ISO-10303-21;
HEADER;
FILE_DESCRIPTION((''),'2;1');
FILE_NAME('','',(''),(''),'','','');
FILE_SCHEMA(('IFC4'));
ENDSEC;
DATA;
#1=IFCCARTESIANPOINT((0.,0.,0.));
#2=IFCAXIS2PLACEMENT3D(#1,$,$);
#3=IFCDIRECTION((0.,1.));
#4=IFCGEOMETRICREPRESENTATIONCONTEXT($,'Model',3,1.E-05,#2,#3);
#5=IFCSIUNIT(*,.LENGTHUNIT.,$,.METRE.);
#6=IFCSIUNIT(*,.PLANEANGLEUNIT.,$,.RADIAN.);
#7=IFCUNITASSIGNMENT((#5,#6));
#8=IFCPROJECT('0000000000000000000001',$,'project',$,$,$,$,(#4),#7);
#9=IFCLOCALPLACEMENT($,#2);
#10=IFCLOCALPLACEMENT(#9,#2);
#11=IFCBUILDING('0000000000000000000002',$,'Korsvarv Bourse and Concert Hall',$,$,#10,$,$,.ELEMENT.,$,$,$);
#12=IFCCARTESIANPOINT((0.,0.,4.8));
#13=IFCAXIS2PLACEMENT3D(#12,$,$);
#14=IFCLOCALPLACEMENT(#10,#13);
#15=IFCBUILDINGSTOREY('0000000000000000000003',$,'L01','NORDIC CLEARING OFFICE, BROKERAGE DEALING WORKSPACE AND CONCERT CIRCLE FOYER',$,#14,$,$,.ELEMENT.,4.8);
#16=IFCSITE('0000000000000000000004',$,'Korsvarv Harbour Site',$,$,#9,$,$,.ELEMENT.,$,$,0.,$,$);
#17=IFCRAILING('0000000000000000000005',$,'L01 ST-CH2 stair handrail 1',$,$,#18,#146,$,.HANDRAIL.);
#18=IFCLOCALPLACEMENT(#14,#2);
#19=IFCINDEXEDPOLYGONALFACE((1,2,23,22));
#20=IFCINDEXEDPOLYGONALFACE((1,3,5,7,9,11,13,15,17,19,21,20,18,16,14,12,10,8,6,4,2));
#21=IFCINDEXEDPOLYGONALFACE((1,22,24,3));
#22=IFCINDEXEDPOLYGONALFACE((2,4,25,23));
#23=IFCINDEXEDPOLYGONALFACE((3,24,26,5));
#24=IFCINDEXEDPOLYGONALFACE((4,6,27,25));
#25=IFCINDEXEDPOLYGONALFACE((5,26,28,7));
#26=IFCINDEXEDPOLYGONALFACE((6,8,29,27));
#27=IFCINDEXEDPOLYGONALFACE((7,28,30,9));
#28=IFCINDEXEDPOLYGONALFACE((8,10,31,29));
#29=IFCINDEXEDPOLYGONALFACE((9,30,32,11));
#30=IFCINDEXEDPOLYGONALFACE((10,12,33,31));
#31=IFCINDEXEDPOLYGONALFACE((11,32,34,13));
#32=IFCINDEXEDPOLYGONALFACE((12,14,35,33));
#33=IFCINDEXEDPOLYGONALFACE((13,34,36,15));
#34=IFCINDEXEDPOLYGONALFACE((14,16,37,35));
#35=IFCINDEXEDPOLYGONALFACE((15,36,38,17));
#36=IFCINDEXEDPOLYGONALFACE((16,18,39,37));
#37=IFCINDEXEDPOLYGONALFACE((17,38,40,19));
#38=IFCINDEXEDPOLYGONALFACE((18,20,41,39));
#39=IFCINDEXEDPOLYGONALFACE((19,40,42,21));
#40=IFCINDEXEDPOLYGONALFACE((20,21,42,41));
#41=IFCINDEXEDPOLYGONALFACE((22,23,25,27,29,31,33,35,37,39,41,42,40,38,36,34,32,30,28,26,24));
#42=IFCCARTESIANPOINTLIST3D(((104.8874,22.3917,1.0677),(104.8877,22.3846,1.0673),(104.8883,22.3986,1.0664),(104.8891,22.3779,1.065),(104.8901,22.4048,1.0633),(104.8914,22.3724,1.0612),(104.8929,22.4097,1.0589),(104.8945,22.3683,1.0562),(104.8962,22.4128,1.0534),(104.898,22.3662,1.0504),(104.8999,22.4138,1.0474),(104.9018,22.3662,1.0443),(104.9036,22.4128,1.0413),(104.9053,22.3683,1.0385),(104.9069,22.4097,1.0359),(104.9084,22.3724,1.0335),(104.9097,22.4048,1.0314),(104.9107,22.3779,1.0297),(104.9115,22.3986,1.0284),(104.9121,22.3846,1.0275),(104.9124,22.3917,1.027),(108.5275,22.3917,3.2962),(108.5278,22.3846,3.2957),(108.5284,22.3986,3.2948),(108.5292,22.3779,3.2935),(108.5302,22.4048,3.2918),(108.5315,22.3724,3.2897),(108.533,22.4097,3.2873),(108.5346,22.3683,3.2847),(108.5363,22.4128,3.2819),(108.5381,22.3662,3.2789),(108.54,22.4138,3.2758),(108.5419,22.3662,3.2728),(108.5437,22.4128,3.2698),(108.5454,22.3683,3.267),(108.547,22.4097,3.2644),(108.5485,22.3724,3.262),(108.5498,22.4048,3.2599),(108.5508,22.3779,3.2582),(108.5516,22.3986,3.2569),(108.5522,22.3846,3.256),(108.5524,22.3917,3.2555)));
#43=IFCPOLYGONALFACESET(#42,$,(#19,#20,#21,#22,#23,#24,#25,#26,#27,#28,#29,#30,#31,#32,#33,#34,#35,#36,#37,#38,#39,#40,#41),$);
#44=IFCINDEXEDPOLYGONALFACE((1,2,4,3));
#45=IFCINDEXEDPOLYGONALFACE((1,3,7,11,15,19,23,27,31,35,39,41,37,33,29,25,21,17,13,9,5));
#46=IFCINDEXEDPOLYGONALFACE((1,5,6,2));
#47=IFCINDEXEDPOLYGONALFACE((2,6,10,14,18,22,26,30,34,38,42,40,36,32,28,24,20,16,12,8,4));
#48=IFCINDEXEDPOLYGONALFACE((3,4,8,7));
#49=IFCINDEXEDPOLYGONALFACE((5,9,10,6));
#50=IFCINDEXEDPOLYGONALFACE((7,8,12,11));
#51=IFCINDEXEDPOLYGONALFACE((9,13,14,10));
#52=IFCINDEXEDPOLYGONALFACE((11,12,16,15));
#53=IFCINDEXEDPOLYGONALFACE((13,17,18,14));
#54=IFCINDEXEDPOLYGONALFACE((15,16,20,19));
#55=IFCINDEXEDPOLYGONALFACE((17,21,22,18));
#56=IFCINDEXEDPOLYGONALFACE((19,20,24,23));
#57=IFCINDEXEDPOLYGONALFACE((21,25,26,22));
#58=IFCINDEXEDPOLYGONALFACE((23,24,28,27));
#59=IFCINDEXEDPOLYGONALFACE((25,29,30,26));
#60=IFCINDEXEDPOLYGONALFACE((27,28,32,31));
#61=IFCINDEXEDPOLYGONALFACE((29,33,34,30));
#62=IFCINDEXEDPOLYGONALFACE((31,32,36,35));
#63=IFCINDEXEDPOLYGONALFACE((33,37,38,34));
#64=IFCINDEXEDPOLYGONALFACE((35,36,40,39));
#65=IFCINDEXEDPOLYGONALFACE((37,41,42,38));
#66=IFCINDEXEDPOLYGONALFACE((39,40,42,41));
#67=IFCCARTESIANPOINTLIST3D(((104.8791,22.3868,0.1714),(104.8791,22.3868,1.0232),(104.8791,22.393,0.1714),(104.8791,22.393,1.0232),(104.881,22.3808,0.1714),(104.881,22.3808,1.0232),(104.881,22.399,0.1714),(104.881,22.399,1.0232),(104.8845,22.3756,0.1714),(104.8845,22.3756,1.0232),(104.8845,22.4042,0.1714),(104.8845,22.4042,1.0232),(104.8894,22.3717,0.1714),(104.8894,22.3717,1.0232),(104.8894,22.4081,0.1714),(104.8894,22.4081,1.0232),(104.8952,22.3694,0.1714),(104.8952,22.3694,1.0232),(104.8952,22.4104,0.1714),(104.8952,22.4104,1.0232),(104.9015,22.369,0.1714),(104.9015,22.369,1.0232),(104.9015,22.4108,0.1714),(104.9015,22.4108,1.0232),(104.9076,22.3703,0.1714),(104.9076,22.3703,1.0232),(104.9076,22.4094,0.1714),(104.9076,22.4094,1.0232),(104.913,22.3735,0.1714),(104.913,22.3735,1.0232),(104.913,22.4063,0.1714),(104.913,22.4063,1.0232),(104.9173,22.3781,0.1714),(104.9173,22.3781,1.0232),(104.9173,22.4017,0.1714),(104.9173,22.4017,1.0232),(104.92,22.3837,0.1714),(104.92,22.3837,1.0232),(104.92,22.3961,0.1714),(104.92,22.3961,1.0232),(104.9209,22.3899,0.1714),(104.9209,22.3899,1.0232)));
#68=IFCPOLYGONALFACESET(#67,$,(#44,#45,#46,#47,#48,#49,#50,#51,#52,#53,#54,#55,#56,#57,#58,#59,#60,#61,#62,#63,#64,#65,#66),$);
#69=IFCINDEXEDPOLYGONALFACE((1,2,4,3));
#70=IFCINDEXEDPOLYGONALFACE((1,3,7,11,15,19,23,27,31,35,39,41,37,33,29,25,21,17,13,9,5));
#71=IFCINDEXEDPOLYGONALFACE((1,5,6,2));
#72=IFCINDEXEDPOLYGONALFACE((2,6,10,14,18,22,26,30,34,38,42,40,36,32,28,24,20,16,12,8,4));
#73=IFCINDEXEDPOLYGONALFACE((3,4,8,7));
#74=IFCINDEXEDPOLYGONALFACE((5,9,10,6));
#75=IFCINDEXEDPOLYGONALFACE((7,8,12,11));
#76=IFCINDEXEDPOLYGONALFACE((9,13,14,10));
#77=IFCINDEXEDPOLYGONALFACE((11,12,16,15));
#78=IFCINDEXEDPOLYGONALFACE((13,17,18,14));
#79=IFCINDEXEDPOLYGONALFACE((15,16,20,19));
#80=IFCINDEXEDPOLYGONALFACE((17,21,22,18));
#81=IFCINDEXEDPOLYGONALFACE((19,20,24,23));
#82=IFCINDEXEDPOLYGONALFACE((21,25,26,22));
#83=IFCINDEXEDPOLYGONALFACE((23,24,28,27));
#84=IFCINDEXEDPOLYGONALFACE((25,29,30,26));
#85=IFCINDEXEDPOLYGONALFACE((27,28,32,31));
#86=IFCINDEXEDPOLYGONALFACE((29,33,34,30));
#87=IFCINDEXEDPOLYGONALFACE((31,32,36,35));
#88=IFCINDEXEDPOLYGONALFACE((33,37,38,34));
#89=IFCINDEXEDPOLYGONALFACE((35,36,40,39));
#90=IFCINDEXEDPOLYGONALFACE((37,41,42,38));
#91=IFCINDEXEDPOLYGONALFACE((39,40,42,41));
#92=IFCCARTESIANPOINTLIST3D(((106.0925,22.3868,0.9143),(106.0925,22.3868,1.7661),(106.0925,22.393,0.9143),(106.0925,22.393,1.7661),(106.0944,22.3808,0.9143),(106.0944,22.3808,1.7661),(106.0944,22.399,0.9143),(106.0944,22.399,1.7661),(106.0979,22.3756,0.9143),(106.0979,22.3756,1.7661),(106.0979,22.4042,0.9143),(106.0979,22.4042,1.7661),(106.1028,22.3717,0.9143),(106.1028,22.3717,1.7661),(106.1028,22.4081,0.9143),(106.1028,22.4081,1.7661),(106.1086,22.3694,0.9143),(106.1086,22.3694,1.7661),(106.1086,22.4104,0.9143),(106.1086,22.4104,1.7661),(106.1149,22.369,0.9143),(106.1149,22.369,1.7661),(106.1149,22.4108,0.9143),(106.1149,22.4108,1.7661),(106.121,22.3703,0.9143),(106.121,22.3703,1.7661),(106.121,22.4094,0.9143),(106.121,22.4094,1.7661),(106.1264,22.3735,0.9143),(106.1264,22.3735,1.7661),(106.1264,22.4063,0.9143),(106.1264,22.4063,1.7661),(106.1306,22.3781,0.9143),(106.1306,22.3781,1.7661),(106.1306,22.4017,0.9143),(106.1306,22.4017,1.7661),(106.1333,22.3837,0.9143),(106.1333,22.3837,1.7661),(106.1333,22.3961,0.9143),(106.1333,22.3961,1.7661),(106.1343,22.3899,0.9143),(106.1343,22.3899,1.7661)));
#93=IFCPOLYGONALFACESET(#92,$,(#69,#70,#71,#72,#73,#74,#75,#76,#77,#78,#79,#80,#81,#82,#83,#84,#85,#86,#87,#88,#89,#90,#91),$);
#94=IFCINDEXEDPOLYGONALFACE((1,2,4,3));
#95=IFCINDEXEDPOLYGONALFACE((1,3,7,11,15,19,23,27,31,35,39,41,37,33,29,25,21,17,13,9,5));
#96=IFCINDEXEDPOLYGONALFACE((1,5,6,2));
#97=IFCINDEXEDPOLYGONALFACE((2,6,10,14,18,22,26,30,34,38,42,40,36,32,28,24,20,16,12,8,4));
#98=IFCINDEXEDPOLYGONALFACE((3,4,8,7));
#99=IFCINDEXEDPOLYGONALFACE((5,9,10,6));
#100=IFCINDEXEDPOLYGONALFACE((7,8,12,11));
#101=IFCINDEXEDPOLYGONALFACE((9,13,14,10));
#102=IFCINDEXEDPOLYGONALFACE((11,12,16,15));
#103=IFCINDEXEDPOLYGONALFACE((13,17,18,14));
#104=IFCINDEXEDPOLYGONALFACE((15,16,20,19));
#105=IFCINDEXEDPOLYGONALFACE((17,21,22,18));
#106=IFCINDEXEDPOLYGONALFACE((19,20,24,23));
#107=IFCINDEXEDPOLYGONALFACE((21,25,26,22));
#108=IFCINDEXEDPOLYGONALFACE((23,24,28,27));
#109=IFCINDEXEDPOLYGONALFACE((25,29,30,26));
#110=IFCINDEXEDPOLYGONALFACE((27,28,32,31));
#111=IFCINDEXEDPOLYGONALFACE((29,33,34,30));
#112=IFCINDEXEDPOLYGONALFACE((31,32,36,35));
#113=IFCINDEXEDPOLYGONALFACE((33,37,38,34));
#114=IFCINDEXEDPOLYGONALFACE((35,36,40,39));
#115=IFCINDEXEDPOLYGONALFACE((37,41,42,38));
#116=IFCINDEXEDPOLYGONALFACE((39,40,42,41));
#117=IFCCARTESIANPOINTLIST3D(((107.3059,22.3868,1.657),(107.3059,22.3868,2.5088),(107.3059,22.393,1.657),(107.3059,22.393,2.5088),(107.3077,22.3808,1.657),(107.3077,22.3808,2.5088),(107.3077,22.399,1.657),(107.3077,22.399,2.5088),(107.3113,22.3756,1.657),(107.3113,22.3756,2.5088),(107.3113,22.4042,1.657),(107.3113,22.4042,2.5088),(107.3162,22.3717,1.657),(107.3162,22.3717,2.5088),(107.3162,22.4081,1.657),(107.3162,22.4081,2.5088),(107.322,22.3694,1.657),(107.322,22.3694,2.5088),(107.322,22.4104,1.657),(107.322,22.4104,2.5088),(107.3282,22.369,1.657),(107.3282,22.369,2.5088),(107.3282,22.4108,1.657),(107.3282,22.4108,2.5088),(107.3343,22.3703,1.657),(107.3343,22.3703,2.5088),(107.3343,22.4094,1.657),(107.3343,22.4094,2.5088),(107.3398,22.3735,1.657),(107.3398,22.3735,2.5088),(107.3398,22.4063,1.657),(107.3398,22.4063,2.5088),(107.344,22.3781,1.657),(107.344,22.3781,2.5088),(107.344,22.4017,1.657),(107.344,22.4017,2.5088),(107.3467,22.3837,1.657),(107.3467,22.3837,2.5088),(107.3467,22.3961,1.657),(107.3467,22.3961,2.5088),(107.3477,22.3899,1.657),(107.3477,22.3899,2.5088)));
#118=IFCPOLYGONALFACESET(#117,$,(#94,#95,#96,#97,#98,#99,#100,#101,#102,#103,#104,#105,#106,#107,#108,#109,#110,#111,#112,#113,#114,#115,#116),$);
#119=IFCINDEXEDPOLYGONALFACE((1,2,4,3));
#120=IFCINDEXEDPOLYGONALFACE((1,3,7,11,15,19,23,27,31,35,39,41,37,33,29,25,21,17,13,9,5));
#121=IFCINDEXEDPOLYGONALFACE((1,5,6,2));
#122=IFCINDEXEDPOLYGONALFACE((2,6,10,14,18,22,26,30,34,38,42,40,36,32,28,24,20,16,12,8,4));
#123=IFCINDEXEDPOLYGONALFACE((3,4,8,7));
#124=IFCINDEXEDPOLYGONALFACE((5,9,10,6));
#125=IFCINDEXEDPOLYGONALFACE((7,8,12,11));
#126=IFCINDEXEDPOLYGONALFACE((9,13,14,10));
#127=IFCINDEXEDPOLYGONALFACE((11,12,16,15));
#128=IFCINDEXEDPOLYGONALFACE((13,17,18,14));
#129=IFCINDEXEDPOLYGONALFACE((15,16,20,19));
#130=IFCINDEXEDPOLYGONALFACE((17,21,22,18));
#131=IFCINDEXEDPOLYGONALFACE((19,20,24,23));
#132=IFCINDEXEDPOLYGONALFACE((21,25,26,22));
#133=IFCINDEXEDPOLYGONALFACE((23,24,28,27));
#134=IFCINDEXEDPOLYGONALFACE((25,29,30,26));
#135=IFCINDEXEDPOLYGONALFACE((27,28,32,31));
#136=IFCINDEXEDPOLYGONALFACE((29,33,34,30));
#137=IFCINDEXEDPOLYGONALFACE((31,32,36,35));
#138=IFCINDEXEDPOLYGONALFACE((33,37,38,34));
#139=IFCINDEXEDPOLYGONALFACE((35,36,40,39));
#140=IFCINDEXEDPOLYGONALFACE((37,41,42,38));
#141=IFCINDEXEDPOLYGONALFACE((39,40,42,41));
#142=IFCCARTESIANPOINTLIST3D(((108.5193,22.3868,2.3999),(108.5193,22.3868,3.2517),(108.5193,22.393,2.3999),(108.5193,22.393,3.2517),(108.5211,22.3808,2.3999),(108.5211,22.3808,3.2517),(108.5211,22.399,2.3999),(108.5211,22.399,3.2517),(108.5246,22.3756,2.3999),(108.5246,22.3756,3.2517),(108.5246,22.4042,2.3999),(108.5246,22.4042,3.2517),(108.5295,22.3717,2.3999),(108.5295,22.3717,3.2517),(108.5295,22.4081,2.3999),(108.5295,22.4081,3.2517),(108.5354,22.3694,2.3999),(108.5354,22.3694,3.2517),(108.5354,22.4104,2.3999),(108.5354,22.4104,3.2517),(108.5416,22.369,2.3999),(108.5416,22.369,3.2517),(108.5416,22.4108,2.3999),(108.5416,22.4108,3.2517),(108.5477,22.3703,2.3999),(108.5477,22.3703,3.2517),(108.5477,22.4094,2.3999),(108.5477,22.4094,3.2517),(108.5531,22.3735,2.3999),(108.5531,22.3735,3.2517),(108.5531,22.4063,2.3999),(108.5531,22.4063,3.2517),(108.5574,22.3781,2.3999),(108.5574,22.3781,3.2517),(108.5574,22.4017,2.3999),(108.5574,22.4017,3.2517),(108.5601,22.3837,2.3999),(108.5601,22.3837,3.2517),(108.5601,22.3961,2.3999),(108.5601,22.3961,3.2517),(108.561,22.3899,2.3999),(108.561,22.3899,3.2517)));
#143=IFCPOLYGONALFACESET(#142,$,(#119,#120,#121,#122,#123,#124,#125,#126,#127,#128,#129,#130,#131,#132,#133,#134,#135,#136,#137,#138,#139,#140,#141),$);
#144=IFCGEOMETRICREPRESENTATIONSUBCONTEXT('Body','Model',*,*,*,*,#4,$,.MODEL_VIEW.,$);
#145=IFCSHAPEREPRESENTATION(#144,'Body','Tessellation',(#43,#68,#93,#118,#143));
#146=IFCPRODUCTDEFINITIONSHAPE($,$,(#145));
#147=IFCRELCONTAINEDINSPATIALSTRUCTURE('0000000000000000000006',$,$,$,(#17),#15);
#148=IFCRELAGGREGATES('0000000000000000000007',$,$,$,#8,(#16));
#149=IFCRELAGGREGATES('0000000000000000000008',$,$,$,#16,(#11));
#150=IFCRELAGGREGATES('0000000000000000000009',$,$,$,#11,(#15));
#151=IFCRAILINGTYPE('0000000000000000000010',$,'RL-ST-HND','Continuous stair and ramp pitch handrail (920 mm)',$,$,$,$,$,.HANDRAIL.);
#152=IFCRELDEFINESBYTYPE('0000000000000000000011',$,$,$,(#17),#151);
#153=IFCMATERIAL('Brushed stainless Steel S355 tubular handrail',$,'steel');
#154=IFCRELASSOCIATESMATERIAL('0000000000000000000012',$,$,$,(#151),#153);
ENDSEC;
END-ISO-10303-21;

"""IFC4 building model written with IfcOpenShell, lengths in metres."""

from ifc_helpers import new_model, si_unit, direction, frame, origin, origin_2d, place, context, subcontext, project, spatial, circle, extrude, material, type_object, element, save


model = new_model("IFC4")

# Units and contexts
model_context = context("Model", 3, precision=1e-05, world=origin(), true_north=direction((0.0, 1.0)))
body_context = subcontext(model_context, "Body", "Model", "MODEL_VIEW")
ifc_project = project(units=[si_unit("LENGTHUNIT", "METRE"), si_unit("PLANEANGLEUNIT", "RADIAN")], contexts=[model_context])

# Site, building, storey
site_placement = place(None, origin())
site = spatial("IfcSite", under=ifc_project, at=site_placement, Name="Korsvarv Harbour Site", CompositionType="ELEMENT", RefElevation=0.0)
building_placement = place(site_placement, origin())
building = spatial("IfcBuilding", under=site, at=building_placement, Name="Korsvarv Bourse and Concert Hall", CompositionType="ELEMENT")
storey_placement = place(building_placement, frame((0.0, 0.0, 4.8)))
storey = spatial("IfcBuildingStorey", under=building, at=storey_placement, Name="L01", Description="NORDIC CLEARING OFFICE, BROKERAGE DEALING WORKSPACE AND CONCERT CIRCLE FOYER", CompositionType="ELEMENT", Elevation=4.8)

# Railing
ifc_material_1 = material(Name="Brushed stainless Steel S355 tubular handrail", Category="steel")
railing_type_1 = type_object("IfcRailingType", Name="RL-ST-HND", Description="Continuous stair and ramp pitch handrail (920 mm)", PredefinedType="HANDRAIL", material=ifc_material_1)
railing_1_placement = place(storey_placement, frame((104.8999, 22.3899, 0.1714)))
element("IfcRailing", 1, at=railing_1_placement, inside=storey, type_object=railing_type_1, Name="L01 ST-CH2 stair handrail 1", PredefinedType="HANDRAIL", context=body_context, shape_type="SweptSolid", body=[
    extrude(circle(Radius=0.0239, at=origin_2d()), frame((0.0, 0.0, 0.876), z_axis=(0.852866, 0.0, 0.52213), x_axis=(0.0, 1.0, 0.0)), (0.0, 0.0, 1.0), 4.2681),
    extrude(circle(Radius=0.021, at=origin_2d()), origin(), (0.0, 0.0, 1.0), 0.8518),
    extrude(circle(Radius=0.021, at=origin_2d()), frame((1.2134, 0.0, 0.7429)), (0.0, 0.0, 1.0), 0.8518),
    extrude(circle(Radius=0.021, at=origin_2d()), frame((2.4268, 0.0, 1.4856)), (0.0, 0.0, 1.0), 0.8518),
    extrude(circle(Radius=0.021, at=origin_2d()), frame((3.6401, 0.0, 2.2285)), (0.0, 0.0, 1.0), 0.8518),
])

save(model, "model.ifc")
